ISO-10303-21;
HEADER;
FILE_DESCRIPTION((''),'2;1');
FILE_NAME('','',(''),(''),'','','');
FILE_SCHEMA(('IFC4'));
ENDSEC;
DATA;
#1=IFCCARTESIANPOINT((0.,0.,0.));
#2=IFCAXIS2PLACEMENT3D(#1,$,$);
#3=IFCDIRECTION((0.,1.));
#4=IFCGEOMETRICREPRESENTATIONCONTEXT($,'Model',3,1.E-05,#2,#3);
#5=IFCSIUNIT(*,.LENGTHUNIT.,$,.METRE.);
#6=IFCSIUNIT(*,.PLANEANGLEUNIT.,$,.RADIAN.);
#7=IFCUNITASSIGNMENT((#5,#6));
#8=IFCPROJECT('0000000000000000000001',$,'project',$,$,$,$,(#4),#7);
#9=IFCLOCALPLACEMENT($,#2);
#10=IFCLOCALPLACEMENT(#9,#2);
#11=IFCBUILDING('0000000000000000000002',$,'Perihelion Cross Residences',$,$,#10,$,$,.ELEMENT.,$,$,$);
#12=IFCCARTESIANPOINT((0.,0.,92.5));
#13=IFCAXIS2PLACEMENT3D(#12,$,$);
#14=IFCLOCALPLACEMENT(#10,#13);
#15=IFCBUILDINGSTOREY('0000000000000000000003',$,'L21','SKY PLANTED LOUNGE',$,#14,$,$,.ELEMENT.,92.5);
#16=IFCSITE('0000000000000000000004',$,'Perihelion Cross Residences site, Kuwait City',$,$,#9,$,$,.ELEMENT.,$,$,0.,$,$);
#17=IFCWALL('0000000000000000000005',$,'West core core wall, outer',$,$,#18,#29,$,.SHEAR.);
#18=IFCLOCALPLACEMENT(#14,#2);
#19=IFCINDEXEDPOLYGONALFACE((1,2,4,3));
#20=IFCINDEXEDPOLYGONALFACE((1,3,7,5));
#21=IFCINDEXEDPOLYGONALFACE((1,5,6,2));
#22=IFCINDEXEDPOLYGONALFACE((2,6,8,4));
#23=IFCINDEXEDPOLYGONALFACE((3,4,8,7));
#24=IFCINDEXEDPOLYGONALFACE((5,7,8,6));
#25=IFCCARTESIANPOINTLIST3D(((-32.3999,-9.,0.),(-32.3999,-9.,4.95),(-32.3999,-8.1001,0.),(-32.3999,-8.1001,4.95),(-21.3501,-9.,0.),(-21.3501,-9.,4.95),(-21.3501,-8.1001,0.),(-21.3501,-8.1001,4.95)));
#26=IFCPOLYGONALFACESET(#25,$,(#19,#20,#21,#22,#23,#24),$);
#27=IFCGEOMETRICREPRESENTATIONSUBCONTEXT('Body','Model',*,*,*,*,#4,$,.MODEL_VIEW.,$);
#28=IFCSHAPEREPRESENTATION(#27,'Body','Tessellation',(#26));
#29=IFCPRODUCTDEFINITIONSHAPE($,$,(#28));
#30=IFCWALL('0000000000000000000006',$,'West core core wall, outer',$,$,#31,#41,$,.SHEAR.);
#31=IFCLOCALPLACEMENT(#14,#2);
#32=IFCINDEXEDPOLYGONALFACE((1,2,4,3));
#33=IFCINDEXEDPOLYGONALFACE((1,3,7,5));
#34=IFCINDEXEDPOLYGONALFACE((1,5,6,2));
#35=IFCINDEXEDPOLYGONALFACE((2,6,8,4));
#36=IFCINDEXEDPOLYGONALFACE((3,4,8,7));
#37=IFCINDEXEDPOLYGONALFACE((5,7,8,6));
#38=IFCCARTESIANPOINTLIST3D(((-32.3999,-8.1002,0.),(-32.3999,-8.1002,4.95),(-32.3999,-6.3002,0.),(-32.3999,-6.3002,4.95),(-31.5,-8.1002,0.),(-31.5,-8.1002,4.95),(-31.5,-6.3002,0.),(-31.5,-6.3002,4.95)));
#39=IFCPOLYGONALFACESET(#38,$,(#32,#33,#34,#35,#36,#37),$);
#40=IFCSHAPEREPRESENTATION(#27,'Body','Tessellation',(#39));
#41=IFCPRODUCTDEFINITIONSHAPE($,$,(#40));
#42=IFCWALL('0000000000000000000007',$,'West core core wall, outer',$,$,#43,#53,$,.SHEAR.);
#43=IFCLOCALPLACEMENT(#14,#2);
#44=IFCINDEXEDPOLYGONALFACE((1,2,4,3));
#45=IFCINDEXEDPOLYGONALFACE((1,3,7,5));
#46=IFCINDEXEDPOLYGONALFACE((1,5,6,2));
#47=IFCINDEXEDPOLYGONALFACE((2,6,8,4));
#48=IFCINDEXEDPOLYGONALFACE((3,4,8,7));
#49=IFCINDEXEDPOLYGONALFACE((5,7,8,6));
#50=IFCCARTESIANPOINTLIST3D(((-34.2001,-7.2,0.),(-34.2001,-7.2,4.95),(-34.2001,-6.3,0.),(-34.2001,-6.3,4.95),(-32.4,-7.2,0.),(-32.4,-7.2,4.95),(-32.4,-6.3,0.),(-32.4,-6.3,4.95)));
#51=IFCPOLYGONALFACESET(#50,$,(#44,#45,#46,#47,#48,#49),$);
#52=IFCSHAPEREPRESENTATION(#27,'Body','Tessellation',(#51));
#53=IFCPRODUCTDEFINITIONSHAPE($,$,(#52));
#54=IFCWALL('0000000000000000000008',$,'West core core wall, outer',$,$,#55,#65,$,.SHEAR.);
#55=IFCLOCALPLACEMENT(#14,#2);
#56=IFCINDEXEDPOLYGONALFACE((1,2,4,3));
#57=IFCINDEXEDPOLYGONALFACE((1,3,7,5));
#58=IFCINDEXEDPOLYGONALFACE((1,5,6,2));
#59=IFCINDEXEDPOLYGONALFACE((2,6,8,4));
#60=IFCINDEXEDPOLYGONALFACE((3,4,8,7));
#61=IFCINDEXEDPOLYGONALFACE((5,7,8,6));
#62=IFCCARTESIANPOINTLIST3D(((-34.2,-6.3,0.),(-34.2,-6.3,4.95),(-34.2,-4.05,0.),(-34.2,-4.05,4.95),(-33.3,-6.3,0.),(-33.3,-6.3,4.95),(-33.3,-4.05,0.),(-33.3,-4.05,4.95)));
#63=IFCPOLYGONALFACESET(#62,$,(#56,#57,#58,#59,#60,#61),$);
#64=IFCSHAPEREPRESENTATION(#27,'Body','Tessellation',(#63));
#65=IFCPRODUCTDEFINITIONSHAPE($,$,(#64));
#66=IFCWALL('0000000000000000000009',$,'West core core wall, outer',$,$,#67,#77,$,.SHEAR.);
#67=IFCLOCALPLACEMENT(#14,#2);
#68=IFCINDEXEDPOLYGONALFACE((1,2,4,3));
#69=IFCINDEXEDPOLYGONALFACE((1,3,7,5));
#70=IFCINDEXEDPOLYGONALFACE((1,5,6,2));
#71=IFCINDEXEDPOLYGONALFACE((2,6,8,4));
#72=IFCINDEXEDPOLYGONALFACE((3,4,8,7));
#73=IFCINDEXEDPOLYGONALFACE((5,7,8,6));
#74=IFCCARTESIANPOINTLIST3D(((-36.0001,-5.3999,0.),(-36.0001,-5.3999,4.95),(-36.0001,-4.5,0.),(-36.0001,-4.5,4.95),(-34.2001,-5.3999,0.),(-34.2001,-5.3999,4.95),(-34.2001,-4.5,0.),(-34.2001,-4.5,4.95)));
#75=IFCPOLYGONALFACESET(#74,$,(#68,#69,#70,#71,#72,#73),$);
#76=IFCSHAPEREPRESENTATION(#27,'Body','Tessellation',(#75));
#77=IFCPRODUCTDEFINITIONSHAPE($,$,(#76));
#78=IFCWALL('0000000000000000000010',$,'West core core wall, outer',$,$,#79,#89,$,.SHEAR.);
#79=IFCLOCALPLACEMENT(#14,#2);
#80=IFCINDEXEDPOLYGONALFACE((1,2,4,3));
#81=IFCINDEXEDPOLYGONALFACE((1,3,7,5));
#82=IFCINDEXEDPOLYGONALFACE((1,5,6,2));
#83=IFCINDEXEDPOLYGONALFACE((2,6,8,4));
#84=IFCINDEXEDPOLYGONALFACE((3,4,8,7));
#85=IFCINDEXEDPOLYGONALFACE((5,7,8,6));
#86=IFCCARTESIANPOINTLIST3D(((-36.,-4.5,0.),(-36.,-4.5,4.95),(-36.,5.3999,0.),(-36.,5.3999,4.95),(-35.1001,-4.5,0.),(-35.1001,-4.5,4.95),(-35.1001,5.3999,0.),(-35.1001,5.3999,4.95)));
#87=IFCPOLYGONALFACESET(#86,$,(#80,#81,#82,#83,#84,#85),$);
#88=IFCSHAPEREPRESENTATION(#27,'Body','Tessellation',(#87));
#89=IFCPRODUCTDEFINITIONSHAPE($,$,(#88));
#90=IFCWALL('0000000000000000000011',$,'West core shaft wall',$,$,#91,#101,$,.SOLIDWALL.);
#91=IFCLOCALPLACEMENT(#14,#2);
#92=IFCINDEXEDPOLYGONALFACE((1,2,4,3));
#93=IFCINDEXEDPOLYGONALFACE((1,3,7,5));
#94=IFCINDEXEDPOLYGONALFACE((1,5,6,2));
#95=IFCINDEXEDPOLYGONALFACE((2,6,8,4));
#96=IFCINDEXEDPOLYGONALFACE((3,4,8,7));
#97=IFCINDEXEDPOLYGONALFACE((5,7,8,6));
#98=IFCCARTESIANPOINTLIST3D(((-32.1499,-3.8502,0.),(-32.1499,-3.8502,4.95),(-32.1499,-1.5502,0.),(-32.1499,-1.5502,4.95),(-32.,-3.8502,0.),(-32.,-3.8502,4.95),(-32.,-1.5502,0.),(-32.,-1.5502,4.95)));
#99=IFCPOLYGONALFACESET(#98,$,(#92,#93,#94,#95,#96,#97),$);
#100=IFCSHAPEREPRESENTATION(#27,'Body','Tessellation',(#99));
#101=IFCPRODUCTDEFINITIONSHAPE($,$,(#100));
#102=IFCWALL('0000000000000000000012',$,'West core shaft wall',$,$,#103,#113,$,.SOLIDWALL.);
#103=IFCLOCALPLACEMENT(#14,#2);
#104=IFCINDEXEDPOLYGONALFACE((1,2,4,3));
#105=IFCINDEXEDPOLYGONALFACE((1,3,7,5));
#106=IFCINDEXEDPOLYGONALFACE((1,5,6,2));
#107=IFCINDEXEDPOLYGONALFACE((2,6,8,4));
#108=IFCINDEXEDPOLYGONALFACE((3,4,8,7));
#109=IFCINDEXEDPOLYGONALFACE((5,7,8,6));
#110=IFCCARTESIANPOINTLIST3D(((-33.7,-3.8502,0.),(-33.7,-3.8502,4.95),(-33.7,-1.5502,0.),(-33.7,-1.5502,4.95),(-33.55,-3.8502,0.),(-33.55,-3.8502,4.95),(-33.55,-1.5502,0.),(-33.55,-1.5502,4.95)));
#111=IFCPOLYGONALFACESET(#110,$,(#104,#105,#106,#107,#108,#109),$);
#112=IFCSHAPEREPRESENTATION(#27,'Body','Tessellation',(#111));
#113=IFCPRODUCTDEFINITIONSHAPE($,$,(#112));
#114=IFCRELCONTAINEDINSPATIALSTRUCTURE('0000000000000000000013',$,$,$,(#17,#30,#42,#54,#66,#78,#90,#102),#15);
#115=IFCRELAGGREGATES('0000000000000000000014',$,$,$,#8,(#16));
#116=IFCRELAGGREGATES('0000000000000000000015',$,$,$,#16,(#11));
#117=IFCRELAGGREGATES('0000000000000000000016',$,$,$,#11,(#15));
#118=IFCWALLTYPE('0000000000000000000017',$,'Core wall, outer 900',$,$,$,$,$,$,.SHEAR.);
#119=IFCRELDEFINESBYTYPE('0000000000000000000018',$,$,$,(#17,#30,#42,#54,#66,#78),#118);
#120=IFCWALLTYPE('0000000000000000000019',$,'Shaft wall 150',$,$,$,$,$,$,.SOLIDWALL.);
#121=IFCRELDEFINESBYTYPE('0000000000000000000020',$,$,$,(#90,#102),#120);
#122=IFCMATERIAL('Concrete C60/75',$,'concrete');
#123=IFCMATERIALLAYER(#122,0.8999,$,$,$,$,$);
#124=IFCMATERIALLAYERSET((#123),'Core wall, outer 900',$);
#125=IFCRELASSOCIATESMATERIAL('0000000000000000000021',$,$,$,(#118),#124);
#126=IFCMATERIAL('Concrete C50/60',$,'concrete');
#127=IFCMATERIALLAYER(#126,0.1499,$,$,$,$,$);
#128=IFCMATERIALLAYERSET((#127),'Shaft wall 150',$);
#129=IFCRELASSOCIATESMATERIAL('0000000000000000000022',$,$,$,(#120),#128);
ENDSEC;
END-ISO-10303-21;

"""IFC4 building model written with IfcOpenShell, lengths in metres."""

from ifc_helpers import new_model, si_unit, direction, frame, frame_2d, origin, place, context, subcontext, project, spatial, rectangle, extrude, material, layer, layer_set, type_object, element, save


model = new_model("IFC4")

# Units and contexts
model_context = context("Model", 3, precision=1e-05, world=origin(), true_north=direction((0.0, 1.0)))
body_context = subcontext(model_context, "Body", "Model", "MODEL_VIEW")
ifc_project = project(units=[si_unit("LENGTHUNIT", "METRE"), si_unit("PLANEANGLEUNIT", "RADIAN")], contexts=[model_context])

# Site, building, storey
site_placement = place(None, origin())
site = spatial("IfcSite", under=ifc_project, at=site_placement, Name="Perihelion Cross Residences site, Kuwait City", CompositionType="ELEMENT", RefElevation=0.0)
building_placement = place(site_placement, origin())
building = spatial("IfcBuilding", under=site, at=building_placement, Name="Perihelion Cross Residences", CompositionType="ELEMENT")
storey_placement = place(building_placement, frame((0.0, 0.0, 92.5)))
storey = spatial("IfcBuildingStorey", under=building, at=storey_placement, Name="L21", Description="SKY PLANTED LOUNGE", CompositionType="ELEMENT", Elevation=92.5)

# Walls
ifc_material_1 = material(Name="Concrete C60/75", Category="concrete")
ifc_layer_1 = layer(ifc_material_1, 0.8999)
ifc_layer_set_1 = layer_set([ifc_layer_1], Name="Core wall, outer 900")
wall_type_1 = type_object("IfcWallType", Name="Core wall, outer 900", PredefinedType="SHEAR", material=ifc_layer_set_1)
wall_1_placement = place(storey_placement, frame((-32.3999, -8.55, 0.0), z_axis=(0.0, 0.0, 1.0), x_axis=(1.0, 0.0, 0.0)))
element("IfcWall", 1, at=wall_1_placement, inside=storey, type_object=wall_type_1, Name="West core core wall, outer", PredefinedType="SHEAR", context=body_context, shape_type="SweptSolid", body=[
    extrude(rectangle(XDim=11.0498, YDim=0.8999, at=frame_2d((5.5249, 0.0))), origin(), (0.0, 0.0, 1.0), 4.95),
])
for number, where, z_axis, x_axis, name in (
    (2, (-31.95, -8.1001, 0.0), (0.0, 0.0, 1.0), (0.0, 1.0, 0.0), "West core core wall, outer"),
    (3, (-34.2, -6.75, 0.0), (0.0, 0.0, 1.0), (1.0, 0.0, 0.0), "West core core wall, outer"),
):
    element("IfcWall", number, at=place(storey_placement, frame(where, z_axis=z_axis, x_axis=x_axis)), inside=storey, type_object=wall_type_1, Name=name, PredefinedType="SHEAR", context=body_context, shape_type="SweptSolid", body=[
        extrude(rectangle(XDim=1.8, YDim=0.8999, at=frame_2d((0.8999, 0.0))), origin(), (0.0, 0.0, 1.0), 4.95),
    ])
wall_2_placement = place(storey_placement, frame((-33.75, -6.3, 0.0), z_axis=(0.0, 0.0, 1.0), x_axis=(0.0, 1.0, 0.0)))
element("IfcWall", 4, at=wall_2_placement, inside=storey, type_object=wall_type_1, Name="West core core wall, outer", PredefinedType="SHEAR", context=body_context, shape_type="SweptSolid", body=[
    extrude(rectangle(XDim=2.25, YDim=0.8999, at=frame_2d((1.125, 0.0))), origin(), (0.0, 0.0, 1.0), 4.95),
])
wall_3_placement = place(storey_placement, frame((-36.0, -4.95, 0.0), z_axis=(0.0, 0.0, 1.0), x_axis=(1.0, 0.0, 0.0)))
element("IfcWall", 5, at=wall_3_placement, inside=storey, type_object=wall_type_1, Name="West core core wall, outer", PredefinedType="SHEAR", context=body_context, shape_type="SweptSolid", body=[
    extrude(rectangle(XDim=1.8, YDim=0.8999, at=frame_2d((0.8999, 0.0))), origin(), (0.0, 0.0, 1.0), 4.95),
])
wall_4_placement = place(storey_placement, frame((-35.55, -4.5, 0.0), z_axis=(0.0, 0.0, 1.0), x_axis=(0.0, 1.0, 0.0)))
element("IfcWall", 6, at=wall_4_placement, inside=storey, type_object=wall_type_1, Name="West core core wall, outer", PredefinedType="SHEAR", context=body_context, shape_type="SweptSolid", body=[
    extrude(rectangle(XDim=9.8999, YDim=0.8999, at=frame_2d((4.95, 0.0))), origin(), (0.0, 0.0, 1.0), 4.95),
])
ifc_material_2 = material(Name="Concrete C50/60", Category="concrete")
ifc_layer_2 = layer(ifc_material_2, 0.1499)
ifc_layer_set_2 = layer_set([ifc_layer_2], Name="Shaft wall 150")
wall_type_2 = type_object("IfcWallType", Name="Shaft wall 150", PredefinedType="SOLIDWALL", material=ifc_layer_set_2)
for number, where, z_axis, x_axis, name in (
    (7, (-32.075, -3.8501, 0.0), (0.0, 0.0, 1.0), (0.0, 1.0, 0.0), "West core shaft wall"),
    (8, (-33.625, -3.8501, 0.0), (0.0, 0.0, 1.0), (0.0, 1.0, 0.0), "West core shaft wall"),
):
    element("IfcWall", number, at=place(storey_placement, frame(where, z_axis=z_axis, x_axis=x_axis)), inside=storey, type_object=wall_type_2, Name=name, PredefinedType="SOLIDWALL", context=body_context, shape_type="SweptSolid", body=[
        extrude(rectangle(XDim=2.3, YDim=0.1499, at=frame_2d((1.1499, 0.0))), origin(), (0.0, 0.0, 1.0), 4.95),
    ])

save(model, "model.ifc")
